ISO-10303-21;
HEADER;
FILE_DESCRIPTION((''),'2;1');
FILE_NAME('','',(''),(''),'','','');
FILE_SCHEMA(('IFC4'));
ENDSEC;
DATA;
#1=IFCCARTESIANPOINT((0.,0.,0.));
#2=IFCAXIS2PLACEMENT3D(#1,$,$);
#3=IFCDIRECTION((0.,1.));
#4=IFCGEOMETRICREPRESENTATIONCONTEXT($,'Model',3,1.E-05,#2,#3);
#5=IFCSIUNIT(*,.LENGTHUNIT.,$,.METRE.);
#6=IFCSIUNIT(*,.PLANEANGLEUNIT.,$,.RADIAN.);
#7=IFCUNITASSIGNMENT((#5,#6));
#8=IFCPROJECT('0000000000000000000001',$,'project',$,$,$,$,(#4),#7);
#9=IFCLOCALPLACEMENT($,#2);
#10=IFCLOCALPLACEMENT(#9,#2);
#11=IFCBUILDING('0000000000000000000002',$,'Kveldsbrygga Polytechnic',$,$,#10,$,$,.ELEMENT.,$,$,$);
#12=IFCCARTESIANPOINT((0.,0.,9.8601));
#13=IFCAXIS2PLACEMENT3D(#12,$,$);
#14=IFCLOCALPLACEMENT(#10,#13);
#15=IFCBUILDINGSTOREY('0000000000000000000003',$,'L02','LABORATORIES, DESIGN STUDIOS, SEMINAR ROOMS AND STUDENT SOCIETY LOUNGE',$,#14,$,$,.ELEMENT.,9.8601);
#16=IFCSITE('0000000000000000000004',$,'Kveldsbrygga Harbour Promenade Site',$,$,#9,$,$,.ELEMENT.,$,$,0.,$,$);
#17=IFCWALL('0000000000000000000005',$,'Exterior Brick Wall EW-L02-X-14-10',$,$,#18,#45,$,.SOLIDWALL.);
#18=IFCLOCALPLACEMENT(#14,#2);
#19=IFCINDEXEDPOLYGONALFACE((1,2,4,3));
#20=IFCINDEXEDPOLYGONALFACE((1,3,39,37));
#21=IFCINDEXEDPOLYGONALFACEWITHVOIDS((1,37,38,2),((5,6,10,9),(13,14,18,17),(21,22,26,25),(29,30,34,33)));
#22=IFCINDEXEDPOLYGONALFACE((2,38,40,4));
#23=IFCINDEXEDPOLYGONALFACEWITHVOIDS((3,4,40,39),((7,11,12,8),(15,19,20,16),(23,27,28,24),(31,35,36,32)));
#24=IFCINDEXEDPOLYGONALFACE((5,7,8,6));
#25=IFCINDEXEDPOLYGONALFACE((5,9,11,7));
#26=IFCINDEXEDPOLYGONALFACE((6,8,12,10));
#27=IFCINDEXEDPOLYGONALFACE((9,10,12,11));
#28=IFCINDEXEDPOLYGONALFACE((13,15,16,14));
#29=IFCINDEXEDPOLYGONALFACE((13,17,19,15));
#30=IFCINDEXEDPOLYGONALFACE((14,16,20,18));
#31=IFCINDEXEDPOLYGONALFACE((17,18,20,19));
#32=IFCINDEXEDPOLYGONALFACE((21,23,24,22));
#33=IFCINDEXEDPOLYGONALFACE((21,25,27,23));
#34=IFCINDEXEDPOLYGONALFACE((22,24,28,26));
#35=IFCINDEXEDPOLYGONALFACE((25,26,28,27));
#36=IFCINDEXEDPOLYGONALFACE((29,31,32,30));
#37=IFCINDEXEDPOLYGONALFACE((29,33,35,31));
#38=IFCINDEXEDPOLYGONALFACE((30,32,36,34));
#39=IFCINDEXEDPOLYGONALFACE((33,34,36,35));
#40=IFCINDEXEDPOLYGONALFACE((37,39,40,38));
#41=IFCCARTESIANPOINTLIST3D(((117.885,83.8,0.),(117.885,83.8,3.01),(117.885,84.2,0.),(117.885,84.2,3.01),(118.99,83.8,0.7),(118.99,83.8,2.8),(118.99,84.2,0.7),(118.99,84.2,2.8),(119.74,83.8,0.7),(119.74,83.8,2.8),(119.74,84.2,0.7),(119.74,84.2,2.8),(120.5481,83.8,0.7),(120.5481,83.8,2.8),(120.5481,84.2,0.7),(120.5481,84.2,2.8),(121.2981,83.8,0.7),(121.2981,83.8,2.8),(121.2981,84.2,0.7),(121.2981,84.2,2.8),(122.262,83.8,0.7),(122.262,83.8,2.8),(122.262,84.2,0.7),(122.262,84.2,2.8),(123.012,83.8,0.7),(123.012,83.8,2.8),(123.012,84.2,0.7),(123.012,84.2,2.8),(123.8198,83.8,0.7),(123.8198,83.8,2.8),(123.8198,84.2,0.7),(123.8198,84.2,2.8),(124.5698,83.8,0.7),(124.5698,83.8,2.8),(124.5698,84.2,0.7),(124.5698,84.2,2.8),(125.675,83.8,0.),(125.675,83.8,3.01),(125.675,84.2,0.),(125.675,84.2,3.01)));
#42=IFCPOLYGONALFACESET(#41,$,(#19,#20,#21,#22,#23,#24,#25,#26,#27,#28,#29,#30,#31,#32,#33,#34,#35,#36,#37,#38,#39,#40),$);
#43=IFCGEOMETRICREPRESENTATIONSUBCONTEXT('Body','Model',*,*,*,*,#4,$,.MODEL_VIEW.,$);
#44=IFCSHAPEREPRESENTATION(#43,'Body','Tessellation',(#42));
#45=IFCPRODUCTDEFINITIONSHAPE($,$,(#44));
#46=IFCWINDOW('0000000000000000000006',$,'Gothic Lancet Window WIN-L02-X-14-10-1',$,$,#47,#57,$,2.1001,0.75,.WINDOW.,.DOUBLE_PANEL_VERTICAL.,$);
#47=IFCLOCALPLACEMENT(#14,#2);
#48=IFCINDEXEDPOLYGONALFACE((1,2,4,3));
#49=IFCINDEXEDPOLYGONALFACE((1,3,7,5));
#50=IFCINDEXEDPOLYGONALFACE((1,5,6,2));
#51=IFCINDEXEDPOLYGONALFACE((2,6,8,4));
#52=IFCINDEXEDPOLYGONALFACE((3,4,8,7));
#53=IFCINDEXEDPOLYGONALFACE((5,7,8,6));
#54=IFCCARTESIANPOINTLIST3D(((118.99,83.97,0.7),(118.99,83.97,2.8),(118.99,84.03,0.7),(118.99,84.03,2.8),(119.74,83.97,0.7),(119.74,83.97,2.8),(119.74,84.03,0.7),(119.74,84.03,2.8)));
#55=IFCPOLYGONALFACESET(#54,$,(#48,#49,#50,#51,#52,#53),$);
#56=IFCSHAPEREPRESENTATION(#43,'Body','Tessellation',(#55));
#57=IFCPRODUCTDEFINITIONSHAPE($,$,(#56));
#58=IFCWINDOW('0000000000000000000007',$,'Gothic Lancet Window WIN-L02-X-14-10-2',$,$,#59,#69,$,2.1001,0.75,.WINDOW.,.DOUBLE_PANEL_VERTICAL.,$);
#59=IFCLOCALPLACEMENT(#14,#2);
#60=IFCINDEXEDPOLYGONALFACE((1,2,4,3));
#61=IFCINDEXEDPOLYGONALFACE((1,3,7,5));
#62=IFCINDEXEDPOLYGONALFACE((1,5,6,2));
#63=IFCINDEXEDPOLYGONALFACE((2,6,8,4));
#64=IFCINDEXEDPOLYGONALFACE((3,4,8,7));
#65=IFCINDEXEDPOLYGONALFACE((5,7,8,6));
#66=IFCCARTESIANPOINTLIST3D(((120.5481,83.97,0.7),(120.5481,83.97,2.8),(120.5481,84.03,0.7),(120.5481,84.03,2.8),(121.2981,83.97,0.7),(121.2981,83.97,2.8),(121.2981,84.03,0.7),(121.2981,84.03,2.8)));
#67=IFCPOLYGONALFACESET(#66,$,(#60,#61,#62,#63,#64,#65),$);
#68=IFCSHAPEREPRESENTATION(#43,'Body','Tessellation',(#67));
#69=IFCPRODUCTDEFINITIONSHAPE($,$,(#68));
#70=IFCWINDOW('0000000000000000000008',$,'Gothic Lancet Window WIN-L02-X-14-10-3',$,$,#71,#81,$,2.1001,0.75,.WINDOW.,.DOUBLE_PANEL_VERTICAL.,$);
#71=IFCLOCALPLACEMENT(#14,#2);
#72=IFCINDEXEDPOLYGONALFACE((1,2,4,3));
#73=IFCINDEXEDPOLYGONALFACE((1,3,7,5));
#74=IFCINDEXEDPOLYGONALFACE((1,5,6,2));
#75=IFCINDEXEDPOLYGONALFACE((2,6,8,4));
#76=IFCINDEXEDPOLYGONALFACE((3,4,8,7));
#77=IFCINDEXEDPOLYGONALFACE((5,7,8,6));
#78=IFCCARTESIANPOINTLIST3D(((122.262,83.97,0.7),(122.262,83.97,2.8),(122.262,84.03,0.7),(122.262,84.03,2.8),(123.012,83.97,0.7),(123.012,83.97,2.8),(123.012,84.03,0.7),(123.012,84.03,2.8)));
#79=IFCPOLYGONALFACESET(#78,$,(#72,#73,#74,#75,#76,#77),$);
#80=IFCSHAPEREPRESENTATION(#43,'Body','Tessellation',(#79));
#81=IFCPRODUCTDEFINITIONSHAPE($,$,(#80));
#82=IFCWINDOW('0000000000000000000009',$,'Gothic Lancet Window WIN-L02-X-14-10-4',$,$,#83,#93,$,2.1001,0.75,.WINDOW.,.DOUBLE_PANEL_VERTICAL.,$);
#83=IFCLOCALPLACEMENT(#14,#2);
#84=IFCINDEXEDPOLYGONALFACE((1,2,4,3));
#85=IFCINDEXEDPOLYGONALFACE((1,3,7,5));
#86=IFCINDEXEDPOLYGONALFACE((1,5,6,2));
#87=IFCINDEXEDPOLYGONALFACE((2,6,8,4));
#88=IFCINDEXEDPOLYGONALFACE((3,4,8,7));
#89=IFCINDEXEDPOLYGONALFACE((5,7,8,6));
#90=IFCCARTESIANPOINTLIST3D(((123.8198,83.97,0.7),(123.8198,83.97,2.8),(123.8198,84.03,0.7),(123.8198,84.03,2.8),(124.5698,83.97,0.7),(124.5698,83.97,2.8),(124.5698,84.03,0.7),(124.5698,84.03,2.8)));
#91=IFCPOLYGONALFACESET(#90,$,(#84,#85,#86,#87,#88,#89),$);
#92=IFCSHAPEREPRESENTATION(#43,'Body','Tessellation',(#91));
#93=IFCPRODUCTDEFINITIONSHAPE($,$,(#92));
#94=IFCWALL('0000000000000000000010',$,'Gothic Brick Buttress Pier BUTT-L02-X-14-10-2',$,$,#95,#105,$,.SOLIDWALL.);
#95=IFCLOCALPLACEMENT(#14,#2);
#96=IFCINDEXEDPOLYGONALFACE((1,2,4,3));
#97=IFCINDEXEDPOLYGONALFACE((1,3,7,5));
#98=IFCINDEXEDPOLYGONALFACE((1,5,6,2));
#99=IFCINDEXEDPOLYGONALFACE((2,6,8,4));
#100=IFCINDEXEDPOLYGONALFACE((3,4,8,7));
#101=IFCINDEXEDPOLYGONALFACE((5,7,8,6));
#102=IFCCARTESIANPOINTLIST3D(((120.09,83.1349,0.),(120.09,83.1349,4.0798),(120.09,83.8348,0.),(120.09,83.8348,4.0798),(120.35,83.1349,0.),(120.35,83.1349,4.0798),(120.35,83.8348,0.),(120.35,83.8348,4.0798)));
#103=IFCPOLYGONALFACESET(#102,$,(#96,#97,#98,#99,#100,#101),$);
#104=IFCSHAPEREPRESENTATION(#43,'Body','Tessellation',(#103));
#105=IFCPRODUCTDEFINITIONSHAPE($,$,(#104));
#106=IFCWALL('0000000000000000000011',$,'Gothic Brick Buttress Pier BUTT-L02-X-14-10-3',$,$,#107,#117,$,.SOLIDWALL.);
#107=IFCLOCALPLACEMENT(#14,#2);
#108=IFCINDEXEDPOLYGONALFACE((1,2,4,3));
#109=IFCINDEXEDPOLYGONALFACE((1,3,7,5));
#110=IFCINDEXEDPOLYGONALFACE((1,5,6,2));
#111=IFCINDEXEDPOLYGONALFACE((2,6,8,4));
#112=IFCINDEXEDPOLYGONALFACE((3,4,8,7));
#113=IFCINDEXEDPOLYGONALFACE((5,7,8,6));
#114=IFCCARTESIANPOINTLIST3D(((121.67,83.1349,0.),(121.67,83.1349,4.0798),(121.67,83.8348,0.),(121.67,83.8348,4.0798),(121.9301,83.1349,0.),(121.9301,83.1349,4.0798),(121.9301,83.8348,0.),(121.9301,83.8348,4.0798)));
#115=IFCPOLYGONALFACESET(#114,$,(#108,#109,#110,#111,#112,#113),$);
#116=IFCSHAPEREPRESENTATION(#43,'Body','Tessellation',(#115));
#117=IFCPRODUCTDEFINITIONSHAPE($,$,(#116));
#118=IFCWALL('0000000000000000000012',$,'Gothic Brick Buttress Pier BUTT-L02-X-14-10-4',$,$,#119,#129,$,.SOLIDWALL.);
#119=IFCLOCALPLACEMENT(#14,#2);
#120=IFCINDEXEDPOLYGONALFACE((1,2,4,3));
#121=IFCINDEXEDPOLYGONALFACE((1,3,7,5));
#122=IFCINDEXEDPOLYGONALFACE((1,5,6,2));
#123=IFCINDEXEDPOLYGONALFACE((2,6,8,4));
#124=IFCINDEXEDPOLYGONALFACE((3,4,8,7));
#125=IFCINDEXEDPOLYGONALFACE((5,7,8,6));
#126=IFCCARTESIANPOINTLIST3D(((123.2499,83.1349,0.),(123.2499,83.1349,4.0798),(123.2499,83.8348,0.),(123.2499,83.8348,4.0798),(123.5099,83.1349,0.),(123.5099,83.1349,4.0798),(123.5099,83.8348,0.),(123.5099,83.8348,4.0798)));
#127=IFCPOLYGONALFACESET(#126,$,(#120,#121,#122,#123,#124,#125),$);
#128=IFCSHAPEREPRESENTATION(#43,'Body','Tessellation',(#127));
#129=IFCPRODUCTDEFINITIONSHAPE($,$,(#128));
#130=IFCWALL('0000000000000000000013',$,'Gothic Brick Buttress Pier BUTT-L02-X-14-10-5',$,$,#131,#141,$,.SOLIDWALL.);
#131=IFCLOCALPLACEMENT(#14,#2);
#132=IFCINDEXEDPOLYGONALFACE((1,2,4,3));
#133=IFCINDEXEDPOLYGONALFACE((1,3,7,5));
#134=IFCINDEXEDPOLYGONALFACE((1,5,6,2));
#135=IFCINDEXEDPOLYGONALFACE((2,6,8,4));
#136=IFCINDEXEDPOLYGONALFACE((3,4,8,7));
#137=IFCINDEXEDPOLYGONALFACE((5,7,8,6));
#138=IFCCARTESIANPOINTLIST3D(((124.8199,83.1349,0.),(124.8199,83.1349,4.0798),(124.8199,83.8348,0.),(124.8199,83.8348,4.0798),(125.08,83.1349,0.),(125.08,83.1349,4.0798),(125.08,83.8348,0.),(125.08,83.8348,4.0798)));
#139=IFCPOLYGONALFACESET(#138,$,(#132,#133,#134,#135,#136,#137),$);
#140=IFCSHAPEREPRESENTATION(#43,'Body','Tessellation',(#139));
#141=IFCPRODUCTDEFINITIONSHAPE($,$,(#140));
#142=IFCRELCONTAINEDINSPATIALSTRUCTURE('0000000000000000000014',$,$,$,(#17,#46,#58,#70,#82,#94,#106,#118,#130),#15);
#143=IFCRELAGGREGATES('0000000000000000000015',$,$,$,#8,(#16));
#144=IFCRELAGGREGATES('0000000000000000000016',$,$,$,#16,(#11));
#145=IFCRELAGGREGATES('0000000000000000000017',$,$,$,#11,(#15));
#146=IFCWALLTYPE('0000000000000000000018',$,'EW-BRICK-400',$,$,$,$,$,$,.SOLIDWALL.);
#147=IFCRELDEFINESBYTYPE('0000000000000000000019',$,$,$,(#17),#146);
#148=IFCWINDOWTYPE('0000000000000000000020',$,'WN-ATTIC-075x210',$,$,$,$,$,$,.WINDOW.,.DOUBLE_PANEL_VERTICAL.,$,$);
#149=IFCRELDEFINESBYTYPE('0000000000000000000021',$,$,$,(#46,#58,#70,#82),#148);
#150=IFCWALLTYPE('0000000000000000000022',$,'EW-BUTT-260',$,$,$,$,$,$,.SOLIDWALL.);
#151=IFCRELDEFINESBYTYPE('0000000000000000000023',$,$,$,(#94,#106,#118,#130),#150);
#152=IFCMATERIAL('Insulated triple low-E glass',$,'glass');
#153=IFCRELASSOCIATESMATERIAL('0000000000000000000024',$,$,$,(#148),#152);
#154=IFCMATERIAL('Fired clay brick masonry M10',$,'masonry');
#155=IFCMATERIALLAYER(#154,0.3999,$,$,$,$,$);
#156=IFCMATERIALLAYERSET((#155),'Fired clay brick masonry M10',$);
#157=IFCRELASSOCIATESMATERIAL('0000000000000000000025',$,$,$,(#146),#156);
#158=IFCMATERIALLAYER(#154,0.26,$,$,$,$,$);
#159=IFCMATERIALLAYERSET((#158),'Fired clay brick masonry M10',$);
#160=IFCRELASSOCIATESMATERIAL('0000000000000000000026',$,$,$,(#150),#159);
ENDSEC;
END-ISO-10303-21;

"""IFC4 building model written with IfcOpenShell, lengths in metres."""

from ifc_helpers import new_model, si_unit, direction, frame, frame_2d, origin, place, context, subcontext, project, spatial, rectangle, extrude, material, layer, layer_set, type_object, element, fill, save


model = new_model("IFC4")

# Units and contexts
model_context = context("Model", 3, precision=1e-05, world=origin(), true_north=direction((0.0, 1.0)))
body_context = subcontext(model_context, "Body", "Model", "MODEL_VIEW")
ifc_project = project(units=[si_unit("LENGTHUNIT", "METRE"), si_unit("PLANEANGLEUNIT", "RADIAN")], contexts=[model_context])

# Site, building, storey
site_placement = place(None, origin())
site = spatial("IfcSite", under=ifc_project, at=site_placement, Name="Kveldsbrygga Harbour Promenade Site", CompositionType="ELEMENT", RefElevation=0.0)
building_placement = place(site_placement, origin())
building = spatial("IfcBuilding", under=site, at=building_placement, Name="Kveldsbrygga Polytechnic", CompositionType="ELEMENT")
storey_placement = place(building_placement, frame((0.0, 0.0, 9.8601)))
storey = spatial("IfcBuildingStorey", under=building, at=storey_placement, Name="L02", Description="LABORATORIES, DESIGN STUDIOS, SEMINAR ROOMS AND STUDENT SOCIETY LOUNGE", CompositionType="ELEMENT", Elevation=9.8601)

# Wall, openings, windows
ifc_material_1 = material(Name="Fired clay brick masonry M10", Category="masonry")
ifc_material_2 = material(Name="Insulated triple low-E glass", Category="glass")
window_type = type_object("IfcWindowType", Name="WN-ATTIC-075x210", PartitioningType="DOUBLE_PANEL_VERTICAL", PredefinedType="WINDOW", material=ifc_material_2)
ifc_layer_1 = layer(ifc_material_1, 0.3999)
ifc_layer_set_1 = layer_set([ifc_layer_1], Name="Fired clay brick masonry M10")
wall_type_1 = type_object("IfcWallType", Name="EW-BRICK-400", PredefinedType="SOLIDWALL", material=ifc_layer_set_1)
wall_1_placement = place(storey_placement, frame((117.885, 84.0, 0.0), z_axis=(0.0, 0.0, 1.0), x_axis=(1.0, 0.0, 0.0)))
wall_1 = element("IfcWall", 1, at=wall_1_placement, inside=storey, type_object=wall_type_1, Name="Exterior Brick Wall EW-L02-X-14-10", PredefinedType="SOLIDWALL", context=body_context, shape_type="SweptSolid", body=[
    extrude(rectangle(XDim=7.79, YDim=0.3999, at=frame_2d((3.895, 0.0))), origin(), (0.0, 0.0, 1.0), 3.01),
])
opening_1_placement = place(wall_1_placement, frame((1.105, 0.0, 0.7)))
opening_1 = element("IfcOpeningElement", 2, at=opening_1_placement, cuts=wall_1, PredefinedType="OPENING", context=body_context, shape_type="SweptSolid", body=[
    extrude(rectangle(XDim=0.75, YDim=2.1001, at=frame_2d((0.375, 1.05))), frame((0.0, 0.21, 0.0), z_axis=(0.0, -1.0, 0.0), x_axis=(1.0, 0.0, 0.0)), (0.0, 0.0, 1.0), 0.4199),
])
opening_2_placement = place(wall_1_placement, frame((2.6631, 0.0, 0.7)))
opening_2 = element("IfcOpeningElement", 3, at=opening_2_placement, cuts=wall_1, PredefinedType="OPENING", context=body_context, shape_type="SweptSolid", body=[
    extrude(rectangle(XDim=0.75, YDim=2.1001, at=frame_2d((0.375, 1.05))), frame((0.0, 0.21, 0.0), z_axis=(0.0, -1.0, 0.0), x_axis=(1.0, 0.0, 0.0)), (0.0, 0.0, 1.0), 0.4199),
])
opening_3_placement = place(wall_1_placement, frame((4.377, 0.0, 0.7)))
opening_3 = element("IfcOpeningElement", 4, at=opening_3_placement, cuts=wall_1, PredefinedType="OPENING", context=body_context, shape_type="SweptSolid", body=[
    extrude(rectangle(XDim=0.75, YDim=2.1001, at=frame_2d((0.375, 1.05))), frame((0.0, 0.21, 0.0), z_axis=(0.0, -1.0, 0.0), x_axis=(1.0, 0.0, 0.0)), (0.0, 0.0, 1.0), 0.4199),
])
opening_4_placement = place(wall_1_placement, frame((5.9348, 0.0, 0.7)))
opening_4 = element("IfcOpeningElement", 5, at=opening_4_placement, cuts=wall_1, PredefinedType="OPENING", context=body_context, shape_type="SweptSolid", body=[
    extrude(rectangle(XDim=0.75, YDim=2.1001, at=frame_2d((0.375, 1.05))), frame((0.0, 0.21, 0.0), z_axis=(0.0, -1.0, 0.0), x_axis=(1.0, 0.0, 0.0)), (0.0, 0.0, 1.0), 0.4199),
])
window_1_placement = place(opening_1_placement, origin())
window_1 = element("IfcWindow", 6, at=window_1_placement, inside=storey, type_object=window_type, Name="Gothic Lancet Window WIN-L02-X-14-10-1", OverallHeight=2.1001, OverallWidth=0.75, PartitioningType="DOUBLE_PANEL_VERTICAL", PredefinedType="WINDOW", context=body_context, shape_type="SweptSolid", body=[
    extrude(rectangle(XDim=0.75, YDim=2.1001, at=frame_2d((0.375, 1.05))), frame((0.0, 0.03, 0.0), z_axis=(0.0, -1.0, 0.0), x_axis=(1.0, 0.0, 0.0)), (0.0, 0.0, 1.0), 0.0601),
])
fill(opening_1, window_1)
window_2_placement = place(opening_2_placement, origin())
window_2 = element("IfcWindow", 7, at=window_2_placement, inside=storey, type_object=window_type, Name="Gothic Lancet Window WIN-L02-X-14-10-2", OverallHeight=2.1001, OverallWidth=0.75, PartitioningType="DOUBLE_PANEL_VERTICAL", PredefinedType="WINDOW", context=body_context, shape_type="SweptSolid", body=[
    extrude(rectangle(XDim=0.75, YDim=2.1001, at=frame_2d((0.375, 1.05))), frame((0.0, 0.03, 0.0), z_axis=(0.0, -1.0, 0.0), x_axis=(1.0, 0.0, 0.0)), (0.0, 0.0, 1.0), 0.0601),
])
fill(opening_2, window_2)
window_3_placement = place(opening_3_placement, origin())
window_3 = element("IfcWindow", 8, at=window_3_placement, inside=storey, type_object=window_type, Name="Gothic Lancet Window WIN-L02-X-14-10-3", OverallHeight=2.1001, OverallWidth=0.75, PartitioningType="DOUBLE_PANEL_VERTICAL", PredefinedType="WINDOW", context=body_context, shape_type="SweptSolid", body=[
    extrude(rectangle(XDim=0.75, YDim=2.1001, at=frame_2d((0.375, 1.05))), frame((0.0, 0.03, 0.0), z_axis=(0.0, -1.0, 0.0), x_axis=(1.0, 0.0, 0.0)), (0.0, 0.0, 1.0), 0.0601),
])
fill(opening_3, window_3)
window_4_placement = place(opening_4_placement, origin())
window_4 = element("IfcWindow", 9, at=window_4_placement, inside=storey, type_object=window_type, Name="Gothic Lancet Window WIN-L02-X-14-10-4", OverallHeight=2.1001, OverallWidth=0.75, PartitioningType="DOUBLE_PANEL_VERTICAL", PredefinedType="WINDOW", context=body_context, shape_type="SweptSolid", body=[
    extrude(rectangle(XDim=0.75, YDim=2.1001, at=frame_2d((0.375, 1.05))), frame((0.0, 0.03, 0.0), z_axis=(0.0, -1.0, 0.0), x_axis=(1.0, 0.0, 0.0)), (0.0, 0.0, 1.0), 0.0601),
])
fill(opening_4, window_4)

# Walls
ifc_layer_2 = layer(ifc_material_1, 0.26)
ifc_layer_set_2 = layer_set([ifc_layer_2], Name="Fired clay brick masonry M10")
wall_type_2 = type_object("IfcWallType", Name="EW-BUTT-260", PredefinedType="SOLIDWALL", material=ifc_layer_set_2)
for number, where, z_axis, x_axis, name in (
    (10, (120.22, 83.835, 0.0), (0.0, 0.0, 1.0), (0.0, -1.0, 0.0), "Gothic Brick Buttress Pier BUTT-L02-X-14-10-2"),
    (11, (121.8, 83.835, 0.0), (0.0, 0.0, 1.0), (0.0, -1.0, 0.0), "Gothic Brick Buttress Pier BUTT-L02-X-14-10-3"),
    (12, (123.3799, 83.835, 0.0), (0.0, 0.0, 1.0), (0.0, -1.0, 0.0), "Gothic Brick Buttress Pier BUTT-L02-X-14-10-4"),
    (13, (124.95, 83.835, 0.0), (0.0, 0.0, 1.0), (0.0, -1.0, 0.0), "Gothic Brick Buttress Pier BUTT-L02-X-14-10-5"),
):
    element("IfcWall", number, at=place(storey_placement, frame(where, z_axis=z_axis, x_axis=x_axis)), inside=storey, type_object=wall_type_2, Name=name, PredefinedType="SOLIDWALL", context=body_context, shape_type="SweptSolid", body=[
        extrude(rectangle(XDim=0.7, YDim=0.26, at=frame_2d((0.3501, 0.0))), origin(), (0.0, 0.0, 1.0), 4.0798),
    ])

save(model, "model.ifc")
